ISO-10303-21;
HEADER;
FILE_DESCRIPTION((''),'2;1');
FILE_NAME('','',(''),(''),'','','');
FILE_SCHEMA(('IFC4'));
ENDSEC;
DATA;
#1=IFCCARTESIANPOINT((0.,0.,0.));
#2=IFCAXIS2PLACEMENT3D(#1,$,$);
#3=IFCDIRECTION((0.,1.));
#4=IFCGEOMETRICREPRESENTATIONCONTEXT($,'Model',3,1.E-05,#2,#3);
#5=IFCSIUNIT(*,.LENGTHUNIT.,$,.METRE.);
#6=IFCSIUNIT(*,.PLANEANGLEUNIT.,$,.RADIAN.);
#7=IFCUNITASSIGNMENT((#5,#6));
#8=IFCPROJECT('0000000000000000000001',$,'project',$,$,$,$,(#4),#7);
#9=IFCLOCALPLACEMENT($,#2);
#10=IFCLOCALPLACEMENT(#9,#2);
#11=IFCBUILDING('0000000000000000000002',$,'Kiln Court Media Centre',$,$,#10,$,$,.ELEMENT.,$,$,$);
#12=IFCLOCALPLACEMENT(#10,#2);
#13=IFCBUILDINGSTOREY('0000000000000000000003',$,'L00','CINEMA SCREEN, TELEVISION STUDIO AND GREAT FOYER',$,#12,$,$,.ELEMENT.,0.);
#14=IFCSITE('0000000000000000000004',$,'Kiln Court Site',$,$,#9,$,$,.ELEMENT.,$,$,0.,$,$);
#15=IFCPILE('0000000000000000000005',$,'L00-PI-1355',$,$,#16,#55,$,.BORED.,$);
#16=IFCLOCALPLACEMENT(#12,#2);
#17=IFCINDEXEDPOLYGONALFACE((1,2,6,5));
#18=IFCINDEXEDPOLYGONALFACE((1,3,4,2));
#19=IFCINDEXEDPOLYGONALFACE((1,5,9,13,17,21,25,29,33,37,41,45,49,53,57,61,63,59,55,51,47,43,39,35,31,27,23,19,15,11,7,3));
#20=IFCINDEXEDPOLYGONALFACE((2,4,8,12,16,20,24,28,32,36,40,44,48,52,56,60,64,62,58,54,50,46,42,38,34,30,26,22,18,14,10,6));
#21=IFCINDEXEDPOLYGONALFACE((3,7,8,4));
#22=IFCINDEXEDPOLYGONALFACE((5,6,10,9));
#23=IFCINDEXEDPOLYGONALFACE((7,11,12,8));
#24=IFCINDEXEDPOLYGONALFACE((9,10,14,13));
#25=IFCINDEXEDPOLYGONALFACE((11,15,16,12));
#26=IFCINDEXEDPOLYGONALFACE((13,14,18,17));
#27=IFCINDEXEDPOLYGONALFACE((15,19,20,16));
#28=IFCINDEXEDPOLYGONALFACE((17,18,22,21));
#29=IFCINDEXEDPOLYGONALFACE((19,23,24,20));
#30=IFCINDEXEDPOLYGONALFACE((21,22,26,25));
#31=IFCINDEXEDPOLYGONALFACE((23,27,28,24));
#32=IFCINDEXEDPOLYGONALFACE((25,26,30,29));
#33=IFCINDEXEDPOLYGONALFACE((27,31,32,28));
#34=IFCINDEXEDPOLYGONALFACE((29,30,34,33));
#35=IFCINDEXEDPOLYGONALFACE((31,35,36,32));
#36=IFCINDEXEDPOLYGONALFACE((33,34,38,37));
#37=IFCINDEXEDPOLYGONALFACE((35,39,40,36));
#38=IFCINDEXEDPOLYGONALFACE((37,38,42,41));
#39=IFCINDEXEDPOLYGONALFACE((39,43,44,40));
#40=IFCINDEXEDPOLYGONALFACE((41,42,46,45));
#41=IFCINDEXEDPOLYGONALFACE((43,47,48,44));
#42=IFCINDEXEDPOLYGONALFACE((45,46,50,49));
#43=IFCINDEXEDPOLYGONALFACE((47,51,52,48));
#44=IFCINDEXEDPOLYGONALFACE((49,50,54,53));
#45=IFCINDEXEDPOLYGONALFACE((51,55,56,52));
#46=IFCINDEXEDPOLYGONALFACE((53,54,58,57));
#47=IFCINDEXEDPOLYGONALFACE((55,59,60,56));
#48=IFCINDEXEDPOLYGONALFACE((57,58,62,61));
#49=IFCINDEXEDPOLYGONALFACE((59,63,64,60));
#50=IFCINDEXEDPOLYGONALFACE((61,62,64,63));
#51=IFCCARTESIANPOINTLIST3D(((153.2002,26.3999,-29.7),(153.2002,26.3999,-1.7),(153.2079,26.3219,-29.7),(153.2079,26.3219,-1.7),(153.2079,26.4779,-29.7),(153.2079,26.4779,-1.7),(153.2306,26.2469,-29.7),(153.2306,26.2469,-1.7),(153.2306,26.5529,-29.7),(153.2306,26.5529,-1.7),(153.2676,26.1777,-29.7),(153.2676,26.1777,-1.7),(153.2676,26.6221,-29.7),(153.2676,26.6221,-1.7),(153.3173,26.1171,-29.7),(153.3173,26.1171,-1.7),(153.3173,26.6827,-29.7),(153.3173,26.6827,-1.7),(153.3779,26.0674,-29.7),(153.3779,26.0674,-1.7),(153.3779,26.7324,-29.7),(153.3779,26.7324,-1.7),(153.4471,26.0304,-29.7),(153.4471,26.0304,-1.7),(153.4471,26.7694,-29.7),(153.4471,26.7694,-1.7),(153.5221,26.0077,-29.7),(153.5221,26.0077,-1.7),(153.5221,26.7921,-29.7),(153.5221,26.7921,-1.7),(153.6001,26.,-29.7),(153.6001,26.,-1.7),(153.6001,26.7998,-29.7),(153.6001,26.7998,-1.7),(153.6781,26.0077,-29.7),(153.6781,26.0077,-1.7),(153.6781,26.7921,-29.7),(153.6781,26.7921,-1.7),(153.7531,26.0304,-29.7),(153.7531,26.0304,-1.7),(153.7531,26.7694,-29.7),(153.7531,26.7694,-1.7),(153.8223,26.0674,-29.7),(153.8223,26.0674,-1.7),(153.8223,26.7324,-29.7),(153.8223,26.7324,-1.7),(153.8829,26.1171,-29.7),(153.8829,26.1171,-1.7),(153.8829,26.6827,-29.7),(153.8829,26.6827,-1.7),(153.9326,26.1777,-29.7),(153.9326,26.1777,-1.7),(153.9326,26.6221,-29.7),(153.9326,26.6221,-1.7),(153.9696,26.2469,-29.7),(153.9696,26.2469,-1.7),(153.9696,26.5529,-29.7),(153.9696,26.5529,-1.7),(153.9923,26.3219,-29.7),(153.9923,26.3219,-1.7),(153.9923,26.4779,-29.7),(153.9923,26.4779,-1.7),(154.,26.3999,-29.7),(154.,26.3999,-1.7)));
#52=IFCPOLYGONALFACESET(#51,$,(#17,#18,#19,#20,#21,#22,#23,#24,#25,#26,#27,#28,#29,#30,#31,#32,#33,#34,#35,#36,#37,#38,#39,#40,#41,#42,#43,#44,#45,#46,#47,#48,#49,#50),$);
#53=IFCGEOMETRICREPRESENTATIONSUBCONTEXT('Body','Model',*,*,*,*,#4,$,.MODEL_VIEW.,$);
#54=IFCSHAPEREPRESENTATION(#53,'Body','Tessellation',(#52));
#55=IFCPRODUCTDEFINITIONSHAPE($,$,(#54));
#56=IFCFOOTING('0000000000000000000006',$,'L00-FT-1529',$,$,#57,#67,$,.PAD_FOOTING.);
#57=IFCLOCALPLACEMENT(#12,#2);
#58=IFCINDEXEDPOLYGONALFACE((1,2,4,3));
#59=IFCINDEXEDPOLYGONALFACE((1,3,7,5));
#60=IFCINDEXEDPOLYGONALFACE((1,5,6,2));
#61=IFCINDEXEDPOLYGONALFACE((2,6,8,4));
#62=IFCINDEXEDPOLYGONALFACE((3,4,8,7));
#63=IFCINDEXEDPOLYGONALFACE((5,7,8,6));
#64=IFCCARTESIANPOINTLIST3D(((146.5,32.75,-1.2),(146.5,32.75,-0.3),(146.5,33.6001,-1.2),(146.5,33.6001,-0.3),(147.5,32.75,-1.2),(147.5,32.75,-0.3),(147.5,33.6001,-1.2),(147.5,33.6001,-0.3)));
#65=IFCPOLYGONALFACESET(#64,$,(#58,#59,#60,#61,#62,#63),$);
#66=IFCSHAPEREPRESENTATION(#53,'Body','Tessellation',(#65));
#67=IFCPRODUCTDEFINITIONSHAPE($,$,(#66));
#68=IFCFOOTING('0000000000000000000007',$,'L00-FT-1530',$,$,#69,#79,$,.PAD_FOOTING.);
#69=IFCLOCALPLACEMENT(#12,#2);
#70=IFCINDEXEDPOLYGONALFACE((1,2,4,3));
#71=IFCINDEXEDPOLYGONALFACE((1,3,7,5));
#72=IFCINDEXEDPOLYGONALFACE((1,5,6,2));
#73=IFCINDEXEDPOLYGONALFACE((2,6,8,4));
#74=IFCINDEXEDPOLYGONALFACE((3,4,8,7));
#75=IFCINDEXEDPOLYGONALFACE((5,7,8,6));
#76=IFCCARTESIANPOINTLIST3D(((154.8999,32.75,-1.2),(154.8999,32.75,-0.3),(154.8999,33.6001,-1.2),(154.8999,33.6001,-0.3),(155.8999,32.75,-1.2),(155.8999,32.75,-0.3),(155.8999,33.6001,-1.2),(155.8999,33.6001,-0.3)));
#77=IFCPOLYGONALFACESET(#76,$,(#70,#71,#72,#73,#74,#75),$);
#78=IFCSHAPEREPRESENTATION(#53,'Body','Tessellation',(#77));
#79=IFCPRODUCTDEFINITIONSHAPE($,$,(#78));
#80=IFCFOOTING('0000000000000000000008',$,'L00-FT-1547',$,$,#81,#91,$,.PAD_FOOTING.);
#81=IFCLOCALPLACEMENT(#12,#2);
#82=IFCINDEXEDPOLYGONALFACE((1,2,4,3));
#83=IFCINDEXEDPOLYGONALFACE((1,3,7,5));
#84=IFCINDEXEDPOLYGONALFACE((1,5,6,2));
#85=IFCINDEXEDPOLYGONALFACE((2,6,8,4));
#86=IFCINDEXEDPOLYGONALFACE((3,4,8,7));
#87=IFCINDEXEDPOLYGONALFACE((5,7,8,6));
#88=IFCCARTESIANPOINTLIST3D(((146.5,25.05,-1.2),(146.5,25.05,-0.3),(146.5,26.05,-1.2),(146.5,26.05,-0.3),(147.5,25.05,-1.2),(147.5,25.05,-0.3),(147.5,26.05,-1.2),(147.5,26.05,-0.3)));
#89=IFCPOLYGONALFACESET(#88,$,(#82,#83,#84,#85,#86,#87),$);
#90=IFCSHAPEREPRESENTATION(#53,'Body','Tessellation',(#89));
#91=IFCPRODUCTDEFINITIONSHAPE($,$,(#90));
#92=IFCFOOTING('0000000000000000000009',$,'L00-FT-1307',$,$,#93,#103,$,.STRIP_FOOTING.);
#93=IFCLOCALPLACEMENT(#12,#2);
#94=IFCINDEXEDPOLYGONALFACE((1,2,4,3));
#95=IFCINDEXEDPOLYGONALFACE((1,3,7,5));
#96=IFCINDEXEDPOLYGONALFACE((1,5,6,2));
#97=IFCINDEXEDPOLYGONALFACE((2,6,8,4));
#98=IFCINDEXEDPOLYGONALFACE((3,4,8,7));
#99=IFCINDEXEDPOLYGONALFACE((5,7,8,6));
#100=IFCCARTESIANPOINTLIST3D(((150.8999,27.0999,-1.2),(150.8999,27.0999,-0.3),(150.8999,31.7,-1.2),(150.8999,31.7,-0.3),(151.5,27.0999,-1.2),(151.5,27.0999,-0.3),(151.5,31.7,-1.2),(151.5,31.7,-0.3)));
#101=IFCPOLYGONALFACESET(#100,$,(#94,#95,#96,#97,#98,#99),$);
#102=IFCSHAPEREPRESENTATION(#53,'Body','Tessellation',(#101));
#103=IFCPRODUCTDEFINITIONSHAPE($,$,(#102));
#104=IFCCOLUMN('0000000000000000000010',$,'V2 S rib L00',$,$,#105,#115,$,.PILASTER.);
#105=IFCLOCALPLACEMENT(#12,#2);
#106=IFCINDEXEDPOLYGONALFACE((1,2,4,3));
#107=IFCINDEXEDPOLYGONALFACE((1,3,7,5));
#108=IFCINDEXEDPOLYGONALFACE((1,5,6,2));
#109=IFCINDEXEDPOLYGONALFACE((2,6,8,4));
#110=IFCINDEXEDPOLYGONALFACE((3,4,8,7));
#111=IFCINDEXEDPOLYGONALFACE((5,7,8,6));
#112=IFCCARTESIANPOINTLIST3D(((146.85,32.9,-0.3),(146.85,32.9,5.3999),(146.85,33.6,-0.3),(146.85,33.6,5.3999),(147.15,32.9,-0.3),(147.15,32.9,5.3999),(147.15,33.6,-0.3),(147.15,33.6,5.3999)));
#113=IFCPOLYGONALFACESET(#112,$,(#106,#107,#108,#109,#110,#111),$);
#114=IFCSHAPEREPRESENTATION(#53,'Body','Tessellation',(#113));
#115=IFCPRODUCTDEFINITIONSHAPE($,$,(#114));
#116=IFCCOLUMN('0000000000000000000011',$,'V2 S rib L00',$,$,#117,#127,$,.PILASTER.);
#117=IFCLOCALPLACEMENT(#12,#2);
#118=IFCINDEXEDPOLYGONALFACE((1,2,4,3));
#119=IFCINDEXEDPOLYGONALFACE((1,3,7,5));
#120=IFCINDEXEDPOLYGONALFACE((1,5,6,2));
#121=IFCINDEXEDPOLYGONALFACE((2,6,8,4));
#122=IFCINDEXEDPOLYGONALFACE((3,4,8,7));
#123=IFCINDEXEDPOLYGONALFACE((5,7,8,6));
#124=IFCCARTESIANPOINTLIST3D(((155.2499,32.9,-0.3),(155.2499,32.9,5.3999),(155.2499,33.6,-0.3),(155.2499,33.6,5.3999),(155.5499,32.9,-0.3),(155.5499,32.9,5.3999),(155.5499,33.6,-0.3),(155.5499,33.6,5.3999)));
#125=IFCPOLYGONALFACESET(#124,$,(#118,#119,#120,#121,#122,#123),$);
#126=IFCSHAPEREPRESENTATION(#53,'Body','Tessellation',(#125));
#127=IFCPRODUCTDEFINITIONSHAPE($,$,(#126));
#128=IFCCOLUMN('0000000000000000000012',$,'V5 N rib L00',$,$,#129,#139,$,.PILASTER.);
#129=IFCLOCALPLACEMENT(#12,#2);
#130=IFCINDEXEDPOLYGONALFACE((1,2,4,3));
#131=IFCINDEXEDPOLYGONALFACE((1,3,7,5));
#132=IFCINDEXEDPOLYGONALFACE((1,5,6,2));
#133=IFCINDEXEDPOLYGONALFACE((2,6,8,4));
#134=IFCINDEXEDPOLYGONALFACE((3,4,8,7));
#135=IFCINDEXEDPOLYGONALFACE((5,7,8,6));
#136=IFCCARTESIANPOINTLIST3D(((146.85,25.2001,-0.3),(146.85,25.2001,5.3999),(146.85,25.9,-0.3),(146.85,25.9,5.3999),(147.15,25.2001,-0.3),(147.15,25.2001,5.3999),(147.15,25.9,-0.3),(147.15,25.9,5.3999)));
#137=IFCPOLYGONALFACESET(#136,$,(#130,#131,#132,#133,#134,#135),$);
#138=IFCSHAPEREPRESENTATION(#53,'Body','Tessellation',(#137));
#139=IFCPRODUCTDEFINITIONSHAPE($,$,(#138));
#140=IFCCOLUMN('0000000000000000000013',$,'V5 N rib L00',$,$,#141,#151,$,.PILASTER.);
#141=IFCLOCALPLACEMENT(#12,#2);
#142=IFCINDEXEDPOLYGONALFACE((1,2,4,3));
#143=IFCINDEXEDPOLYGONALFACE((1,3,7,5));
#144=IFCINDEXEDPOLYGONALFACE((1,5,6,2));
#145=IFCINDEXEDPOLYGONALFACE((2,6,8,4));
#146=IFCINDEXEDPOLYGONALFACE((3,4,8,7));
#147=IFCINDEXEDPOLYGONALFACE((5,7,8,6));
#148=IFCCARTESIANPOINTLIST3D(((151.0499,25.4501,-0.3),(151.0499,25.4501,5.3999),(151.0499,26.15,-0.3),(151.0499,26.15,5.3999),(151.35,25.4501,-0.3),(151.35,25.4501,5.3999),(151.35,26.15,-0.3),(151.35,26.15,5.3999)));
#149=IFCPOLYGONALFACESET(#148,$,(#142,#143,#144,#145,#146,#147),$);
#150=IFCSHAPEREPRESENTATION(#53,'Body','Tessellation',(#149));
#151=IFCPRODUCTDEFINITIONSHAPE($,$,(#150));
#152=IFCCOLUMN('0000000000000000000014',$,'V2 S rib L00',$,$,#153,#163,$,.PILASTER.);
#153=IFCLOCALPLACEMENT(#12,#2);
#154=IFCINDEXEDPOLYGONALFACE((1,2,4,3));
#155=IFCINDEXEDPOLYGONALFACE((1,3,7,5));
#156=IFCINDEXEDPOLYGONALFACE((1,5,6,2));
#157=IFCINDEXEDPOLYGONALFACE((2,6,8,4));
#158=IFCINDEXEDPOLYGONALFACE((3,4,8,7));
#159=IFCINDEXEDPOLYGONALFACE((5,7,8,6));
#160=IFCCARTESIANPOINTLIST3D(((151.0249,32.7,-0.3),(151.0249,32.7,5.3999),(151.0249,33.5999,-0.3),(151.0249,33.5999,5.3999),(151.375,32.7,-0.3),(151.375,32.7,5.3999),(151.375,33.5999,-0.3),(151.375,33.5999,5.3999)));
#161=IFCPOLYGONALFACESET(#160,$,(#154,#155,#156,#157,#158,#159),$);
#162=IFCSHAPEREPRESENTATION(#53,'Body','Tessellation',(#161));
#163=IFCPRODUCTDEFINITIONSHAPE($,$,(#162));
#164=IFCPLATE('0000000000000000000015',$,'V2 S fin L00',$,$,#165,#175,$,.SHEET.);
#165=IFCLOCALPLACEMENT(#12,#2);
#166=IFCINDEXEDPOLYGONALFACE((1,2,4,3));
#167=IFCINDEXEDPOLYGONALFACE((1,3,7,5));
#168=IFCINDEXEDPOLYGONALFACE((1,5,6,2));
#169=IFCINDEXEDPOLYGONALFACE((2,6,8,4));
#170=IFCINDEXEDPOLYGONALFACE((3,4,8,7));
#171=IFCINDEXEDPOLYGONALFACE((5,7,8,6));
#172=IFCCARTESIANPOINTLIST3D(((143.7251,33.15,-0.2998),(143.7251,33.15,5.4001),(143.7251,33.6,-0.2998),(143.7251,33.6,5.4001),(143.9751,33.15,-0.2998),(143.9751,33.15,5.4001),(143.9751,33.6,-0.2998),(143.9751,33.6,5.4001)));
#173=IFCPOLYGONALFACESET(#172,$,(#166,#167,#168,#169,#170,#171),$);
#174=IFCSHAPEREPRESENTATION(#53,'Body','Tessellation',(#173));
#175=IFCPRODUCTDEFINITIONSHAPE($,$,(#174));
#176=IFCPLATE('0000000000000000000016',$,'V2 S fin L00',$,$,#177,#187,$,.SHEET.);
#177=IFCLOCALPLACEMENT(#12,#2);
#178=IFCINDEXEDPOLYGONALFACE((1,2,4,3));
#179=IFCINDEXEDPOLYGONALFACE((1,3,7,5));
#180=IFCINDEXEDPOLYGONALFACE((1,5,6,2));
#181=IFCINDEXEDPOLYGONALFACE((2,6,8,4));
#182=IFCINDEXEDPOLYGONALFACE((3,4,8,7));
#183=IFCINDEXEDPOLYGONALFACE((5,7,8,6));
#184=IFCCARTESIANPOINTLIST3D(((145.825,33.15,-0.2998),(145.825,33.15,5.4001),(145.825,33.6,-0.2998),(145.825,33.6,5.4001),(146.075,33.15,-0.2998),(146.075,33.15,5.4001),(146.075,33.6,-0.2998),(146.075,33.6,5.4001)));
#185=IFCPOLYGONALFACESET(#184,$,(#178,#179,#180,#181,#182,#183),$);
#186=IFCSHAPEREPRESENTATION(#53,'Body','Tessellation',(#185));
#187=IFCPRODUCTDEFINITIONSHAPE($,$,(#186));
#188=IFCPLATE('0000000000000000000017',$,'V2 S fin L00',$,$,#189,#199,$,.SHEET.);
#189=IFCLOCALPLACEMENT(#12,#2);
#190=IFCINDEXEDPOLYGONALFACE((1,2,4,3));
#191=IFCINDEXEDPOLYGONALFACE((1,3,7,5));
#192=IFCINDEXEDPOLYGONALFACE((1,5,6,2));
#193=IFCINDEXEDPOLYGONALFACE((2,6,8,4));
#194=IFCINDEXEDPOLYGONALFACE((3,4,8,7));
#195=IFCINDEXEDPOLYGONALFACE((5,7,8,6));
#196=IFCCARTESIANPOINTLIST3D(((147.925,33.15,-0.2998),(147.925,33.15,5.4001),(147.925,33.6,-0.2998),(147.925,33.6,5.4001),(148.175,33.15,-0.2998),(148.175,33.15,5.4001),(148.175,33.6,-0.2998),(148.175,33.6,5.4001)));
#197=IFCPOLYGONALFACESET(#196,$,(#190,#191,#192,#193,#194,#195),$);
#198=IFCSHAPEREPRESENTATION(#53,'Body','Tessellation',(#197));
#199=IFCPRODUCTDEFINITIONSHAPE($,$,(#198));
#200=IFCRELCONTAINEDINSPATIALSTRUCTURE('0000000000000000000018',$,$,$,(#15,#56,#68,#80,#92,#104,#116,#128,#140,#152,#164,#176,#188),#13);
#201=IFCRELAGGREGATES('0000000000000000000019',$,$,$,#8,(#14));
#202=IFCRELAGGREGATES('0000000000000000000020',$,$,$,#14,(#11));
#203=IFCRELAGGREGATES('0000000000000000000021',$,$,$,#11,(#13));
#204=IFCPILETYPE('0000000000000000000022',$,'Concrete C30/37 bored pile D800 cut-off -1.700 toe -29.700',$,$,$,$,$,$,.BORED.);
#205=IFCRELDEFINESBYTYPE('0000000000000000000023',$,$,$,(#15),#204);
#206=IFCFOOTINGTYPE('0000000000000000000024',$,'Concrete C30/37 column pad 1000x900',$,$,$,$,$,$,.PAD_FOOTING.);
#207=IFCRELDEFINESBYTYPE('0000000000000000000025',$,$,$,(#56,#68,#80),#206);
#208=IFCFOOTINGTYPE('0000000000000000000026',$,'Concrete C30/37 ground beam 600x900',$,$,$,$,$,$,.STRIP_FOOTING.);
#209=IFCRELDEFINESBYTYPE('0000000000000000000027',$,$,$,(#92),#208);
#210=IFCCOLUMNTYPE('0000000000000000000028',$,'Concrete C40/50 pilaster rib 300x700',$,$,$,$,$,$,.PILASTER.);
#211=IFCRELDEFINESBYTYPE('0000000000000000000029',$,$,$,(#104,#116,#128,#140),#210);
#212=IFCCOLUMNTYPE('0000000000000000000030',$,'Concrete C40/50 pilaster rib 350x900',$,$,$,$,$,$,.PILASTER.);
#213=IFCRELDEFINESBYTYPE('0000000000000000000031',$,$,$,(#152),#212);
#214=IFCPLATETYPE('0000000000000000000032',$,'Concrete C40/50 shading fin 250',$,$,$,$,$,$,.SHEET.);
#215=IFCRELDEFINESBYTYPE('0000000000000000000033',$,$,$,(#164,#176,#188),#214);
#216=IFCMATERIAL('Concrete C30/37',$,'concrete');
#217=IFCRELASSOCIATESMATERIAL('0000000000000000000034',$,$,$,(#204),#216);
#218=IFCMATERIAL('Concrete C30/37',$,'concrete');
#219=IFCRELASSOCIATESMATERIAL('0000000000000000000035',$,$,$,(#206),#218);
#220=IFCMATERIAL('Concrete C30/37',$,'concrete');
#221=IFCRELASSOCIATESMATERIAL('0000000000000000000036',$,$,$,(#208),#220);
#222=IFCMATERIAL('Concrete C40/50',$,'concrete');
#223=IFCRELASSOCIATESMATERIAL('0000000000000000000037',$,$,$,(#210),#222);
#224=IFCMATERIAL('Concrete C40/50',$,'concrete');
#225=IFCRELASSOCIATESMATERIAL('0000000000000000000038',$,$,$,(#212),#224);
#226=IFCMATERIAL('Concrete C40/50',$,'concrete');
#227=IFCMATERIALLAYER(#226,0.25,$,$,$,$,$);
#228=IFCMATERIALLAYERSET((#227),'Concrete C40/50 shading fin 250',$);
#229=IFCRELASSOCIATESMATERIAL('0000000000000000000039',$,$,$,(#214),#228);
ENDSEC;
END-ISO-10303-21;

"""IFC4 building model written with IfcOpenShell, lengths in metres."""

from ifc_helpers import new_model, si_unit, direction, frame, origin, origin_2d, place, context, subcontext, project, spatial, rectangle, circle, extrude, material, layer, layer_set, material_profile, profile_set, type_object, element, save


model = new_model("IFC4")

# Units and contexts
model_context = context("Model", 3, precision=1e-05, world=origin(), true_north=direction((0.0, 1.0)))
body_context = subcontext(model_context, "Body", "Model", "MODEL_VIEW")
ifc_project = project(units=[si_unit("LENGTHUNIT", "METRE"), si_unit("PLANEANGLEUNIT", "RADIAN")], contexts=[model_context])

# Site, building, storey
site_placement = place(None, origin())
site = spatial("IfcSite", under=ifc_project, at=site_placement, Name="Kiln Court Site", CompositionType="ELEMENT", RefElevation=0.0)
building_placement = place(site_placement, origin())
building = spatial("IfcBuilding", under=site, at=building_placement, Name="Kiln Court Media Centre", CompositionType="ELEMENT")
storey_placement = place(building_placement, origin())
storey = spatial("IfcBuildingStorey", under=building, at=storey_placement, Name="L00", Description="CINEMA SCREEN, TELEVISION STUDIO AND GREAT FOYER", CompositionType="ELEMENT", Elevation=0.0)

# Pile
ifc_material_1 = material(Name="Concrete C30/37", Category="concrete")
ifc_material_profile_1 = material_profile(ifc_material_1, circle(Radius=0.3999, at=origin_2d()), Name="PILE D800")
ifc_profile_set_1 = profile_set([ifc_material_profile_1], Name="Concrete C30/37")
pile_type_1 = type_object("IfcPileType", Name="Concrete C30/37 bored pile D800 cut-off -1.700 toe -29.700", PredefinedType="BORED", material=ifc_profile_set_1)
for number, where, z_axis, x_axis, name in (
    (1, (153.6001, 26.3999, -1.7), (0.0, 0.0, -1.0), (1.0, 0.0, 0.0), "L00-PI-1355"),
):
    element("IfcPile", number, at=place(storey_placement, frame(where, z_axis=z_axis, x_axis=x_axis)), inside=storey, type_object=pile_type_1, Name=name, PredefinedType="BORED", context=body_context, shape_type="SweptSolid", body=[
        extrude(circle(Radius=0.3999, at=origin_2d()), origin(), (0.0, 0.0, 1.0), 28.0),
    ])

# Footings
ifc_material_2 = material(Name="Concrete C30/37", Category="concrete")
footing_type_1 = type_object("IfcFootingType", Name="Concrete C30/37 column pad 1000x900", PredefinedType="PAD_FOOTING", material=ifc_material_2)
for number, where, z_axis, x_axis, name in (
    (2, (147.0, 33.175, -1.2), (0.0, 0.0, 1.0), (1.0, 0.0, 0.0), "L00-FT-1529"),
    (3, (155.3999, 33.175, -1.2), (0.0, 0.0, 1.0), (1.0, 0.0, 0.0), "L00-FT-1530"),
):
    element("IfcFooting", number, at=place(storey_placement, frame(where, z_axis=z_axis, x_axis=x_axis)), inside=storey, type_object=footing_type_1, Name=name, PredefinedType="PAD_FOOTING", context=body_context, shape_type="SweptSolid", body=[
        extrude(rectangle(XDim=1.0, YDim=0.8501, at=origin_2d()), origin(), (0.0, 0.0, 1.0), 0.8999),
    ])
footing_1_placement = place(storey_placement, frame((147.0, 25.55, -1.2), z_axis=(0.0, 0.0, 1.0), x_axis=(1.0, 0.0, 0.0)))
element("IfcFooting", 4, at=footing_1_placement, inside=storey, type_object=footing_type_1, Name="L00-FT-1547", PredefinedType="PAD_FOOTING", context=body_context, shape_type="SweptSolid", body=[
    extrude(rectangle(XDim=1.0, YDim=1.0, at=origin_2d()), origin(), (0.0, 0.0, 1.0), 0.8999),
])
ifc_material_3 = material(Name="Concrete C30/37", Category="concrete")
footing_type_2 = type_object("IfcFootingType", Name="Concrete C30/37 ground beam 600x900", PredefinedType="STRIP_FOOTING", material=ifc_material_3)
footing_2_placement = place(storey_placement, frame((151.2, 29.3999, -1.2), z_axis=(0.0, 0.0, 1.0), x_axis=(1.0, 0.0, 0.0)))
element("IfcFooting", 5, at=footing_2_placement, inside=storey, type_object=footing_type_2, Name="L00-FT-1307", PredefinedType="STRIP_FOOTING", context=body_context, shape_type="SweptSolid", body=[
    extrude(rectangle(XDim=0.6001, YDim=4.6001, at=origin_2d()), origin(), (0.0, 0.0, 1.0), 0.8999),
])

# Columns
ifc_material_4 = material(Name="Concrete C40/50", Category="concrete")
ifc_material_profile_2 = material_profile(ifc_material_4, rectangle(XDim=0.3, YDim=0.7, at=origin_2d()), Name="RC 300x700")
ifc_profile_set_2 = profile_set([ifc_material_profile_2], Name="Concrete C40/50")
column_type_1 = type_object("IfcColumnType", Name="Concrete C40/50 pilaster rib 300x700", PredefinedType="PILASTER", material=ifc_profile_set_2)
for number, where, z_axis, x_axis, name in (
    (6, (147.0, 33.25, -0.3), (0.0, 0.0, 1.0), (1.0, 0.0, 0.0), "V2 S rib L00"),
    (7, (155.3999, 33.25, -0.3), (0.0, 0.0, 1.0), (1.0, 0.0, 0.0), "V2 S rib L00"),
    (8, (147.0, 25.55, -0.3), (0.0, 0.0, 1.0), (1.0, 0.0, 0.0), "V5 N rib L00"),
    (9, (151.2, 25.8, -0.3), (0.0, 0.0, 1.0), (1.0, 0.0, 0.0), "V5 N rib L00"),
):
    element("IfcColumn", number, at=place(storey_placement, frame(where, z_axis=z_axis, x_axis=x_axis)), inside=storey, type_object=column_type_1, Name=name, PredefinedType="PILASTER", context=body_context, shape_type="SweptSolid", body=[
        extrude(rectangle(XDim=0.3, YDim=0.7, at=origin_2d()), origin(), (0.0, 0.0, 1.0), 5.7),
    ])
ifc_material_5 = material(Name="Concrete C40/50", Category="concrete")
ifc_material_profile_3 = material_profile(ifc_material_5, rectangle(XDim=0.3501, YDim=0.8999, at=origin_2d()), Name="RC 350x900")
ifc_profile_set_3 = profile_set([ifc_material_profile_3], Name="Concrete C40/50")
column_type_2 = type_object("IfcColumnType", Name="Concrete C40/50 pilaster rib 350x900", PredefinedType="PILASTER", material=ifc_profile_set_3)
column_placement = place(storey_placement, frame((151.2, 33.1499, -0.3), z_axis=(0.0, 0.0, 1.0), x_axis=(1.0, 0.0, 0.0)))
element("IfcColumn", 10, at=column_placement, inside=storey, type_object=column_type_2, Name="V2 S rib L00", PredefinedType="PILASTER", context=body_context, shape_type="SweptSolid", body=[
    extrude(rectangle(XDim=0.3501, YDim=0.8999, at=origin_2d()), origin(), (0.0, 0.0, 1.0), 5.7),
])

# Plates
ifc_material_6 = material(Name="Concrete C40/50", Category="concrete")
ifc_layer = layer(ifc_material_6, 0.25)
ifc_layer_set = layer_set([ifc_layer], Name="Concrete C40/50 shading fin 250")
plate_type = type_object("IfcPlateType", Name="Concrete C40/50 shading fin 250", PredefinedType="SHEET", material=ifc_layer_set)
for number, where, z_axis, x_axis, name in (
    (11, (143.8501, 33.375, -0.2998), (0.0, 0.0, 1.0), (1.0, 0.0, 0.0), "V2 S fin L00"),
    (12, (145.95, 33.375, -0.2998), (0.0, 0.0, 1.0), (1.0, 0.0, 0.0), "V2 S fin L00"),
    (13, (148.05, 33.375, -0.2998), (0.0, 0.0, 1.0), (1.0, 0.0, 0.0), "V2 S fin L00"),
):
    element("IfcPlate", number, at=place(storey_placement, frame(where, z_axis=z_axis, x_axis=x_axis)), inside=storey, type_object=plate_type, Name=name, PredefinedType="SHEET", context=body_context, shape_type="SweptSolid", body=[
        extrude(rectangle(XDim=0.25, YDim=0.45, at=origin_2d()), origin(), (0.0, 0.0, 1.0), 5.7),
    ])

save(model, "model.ifc")
